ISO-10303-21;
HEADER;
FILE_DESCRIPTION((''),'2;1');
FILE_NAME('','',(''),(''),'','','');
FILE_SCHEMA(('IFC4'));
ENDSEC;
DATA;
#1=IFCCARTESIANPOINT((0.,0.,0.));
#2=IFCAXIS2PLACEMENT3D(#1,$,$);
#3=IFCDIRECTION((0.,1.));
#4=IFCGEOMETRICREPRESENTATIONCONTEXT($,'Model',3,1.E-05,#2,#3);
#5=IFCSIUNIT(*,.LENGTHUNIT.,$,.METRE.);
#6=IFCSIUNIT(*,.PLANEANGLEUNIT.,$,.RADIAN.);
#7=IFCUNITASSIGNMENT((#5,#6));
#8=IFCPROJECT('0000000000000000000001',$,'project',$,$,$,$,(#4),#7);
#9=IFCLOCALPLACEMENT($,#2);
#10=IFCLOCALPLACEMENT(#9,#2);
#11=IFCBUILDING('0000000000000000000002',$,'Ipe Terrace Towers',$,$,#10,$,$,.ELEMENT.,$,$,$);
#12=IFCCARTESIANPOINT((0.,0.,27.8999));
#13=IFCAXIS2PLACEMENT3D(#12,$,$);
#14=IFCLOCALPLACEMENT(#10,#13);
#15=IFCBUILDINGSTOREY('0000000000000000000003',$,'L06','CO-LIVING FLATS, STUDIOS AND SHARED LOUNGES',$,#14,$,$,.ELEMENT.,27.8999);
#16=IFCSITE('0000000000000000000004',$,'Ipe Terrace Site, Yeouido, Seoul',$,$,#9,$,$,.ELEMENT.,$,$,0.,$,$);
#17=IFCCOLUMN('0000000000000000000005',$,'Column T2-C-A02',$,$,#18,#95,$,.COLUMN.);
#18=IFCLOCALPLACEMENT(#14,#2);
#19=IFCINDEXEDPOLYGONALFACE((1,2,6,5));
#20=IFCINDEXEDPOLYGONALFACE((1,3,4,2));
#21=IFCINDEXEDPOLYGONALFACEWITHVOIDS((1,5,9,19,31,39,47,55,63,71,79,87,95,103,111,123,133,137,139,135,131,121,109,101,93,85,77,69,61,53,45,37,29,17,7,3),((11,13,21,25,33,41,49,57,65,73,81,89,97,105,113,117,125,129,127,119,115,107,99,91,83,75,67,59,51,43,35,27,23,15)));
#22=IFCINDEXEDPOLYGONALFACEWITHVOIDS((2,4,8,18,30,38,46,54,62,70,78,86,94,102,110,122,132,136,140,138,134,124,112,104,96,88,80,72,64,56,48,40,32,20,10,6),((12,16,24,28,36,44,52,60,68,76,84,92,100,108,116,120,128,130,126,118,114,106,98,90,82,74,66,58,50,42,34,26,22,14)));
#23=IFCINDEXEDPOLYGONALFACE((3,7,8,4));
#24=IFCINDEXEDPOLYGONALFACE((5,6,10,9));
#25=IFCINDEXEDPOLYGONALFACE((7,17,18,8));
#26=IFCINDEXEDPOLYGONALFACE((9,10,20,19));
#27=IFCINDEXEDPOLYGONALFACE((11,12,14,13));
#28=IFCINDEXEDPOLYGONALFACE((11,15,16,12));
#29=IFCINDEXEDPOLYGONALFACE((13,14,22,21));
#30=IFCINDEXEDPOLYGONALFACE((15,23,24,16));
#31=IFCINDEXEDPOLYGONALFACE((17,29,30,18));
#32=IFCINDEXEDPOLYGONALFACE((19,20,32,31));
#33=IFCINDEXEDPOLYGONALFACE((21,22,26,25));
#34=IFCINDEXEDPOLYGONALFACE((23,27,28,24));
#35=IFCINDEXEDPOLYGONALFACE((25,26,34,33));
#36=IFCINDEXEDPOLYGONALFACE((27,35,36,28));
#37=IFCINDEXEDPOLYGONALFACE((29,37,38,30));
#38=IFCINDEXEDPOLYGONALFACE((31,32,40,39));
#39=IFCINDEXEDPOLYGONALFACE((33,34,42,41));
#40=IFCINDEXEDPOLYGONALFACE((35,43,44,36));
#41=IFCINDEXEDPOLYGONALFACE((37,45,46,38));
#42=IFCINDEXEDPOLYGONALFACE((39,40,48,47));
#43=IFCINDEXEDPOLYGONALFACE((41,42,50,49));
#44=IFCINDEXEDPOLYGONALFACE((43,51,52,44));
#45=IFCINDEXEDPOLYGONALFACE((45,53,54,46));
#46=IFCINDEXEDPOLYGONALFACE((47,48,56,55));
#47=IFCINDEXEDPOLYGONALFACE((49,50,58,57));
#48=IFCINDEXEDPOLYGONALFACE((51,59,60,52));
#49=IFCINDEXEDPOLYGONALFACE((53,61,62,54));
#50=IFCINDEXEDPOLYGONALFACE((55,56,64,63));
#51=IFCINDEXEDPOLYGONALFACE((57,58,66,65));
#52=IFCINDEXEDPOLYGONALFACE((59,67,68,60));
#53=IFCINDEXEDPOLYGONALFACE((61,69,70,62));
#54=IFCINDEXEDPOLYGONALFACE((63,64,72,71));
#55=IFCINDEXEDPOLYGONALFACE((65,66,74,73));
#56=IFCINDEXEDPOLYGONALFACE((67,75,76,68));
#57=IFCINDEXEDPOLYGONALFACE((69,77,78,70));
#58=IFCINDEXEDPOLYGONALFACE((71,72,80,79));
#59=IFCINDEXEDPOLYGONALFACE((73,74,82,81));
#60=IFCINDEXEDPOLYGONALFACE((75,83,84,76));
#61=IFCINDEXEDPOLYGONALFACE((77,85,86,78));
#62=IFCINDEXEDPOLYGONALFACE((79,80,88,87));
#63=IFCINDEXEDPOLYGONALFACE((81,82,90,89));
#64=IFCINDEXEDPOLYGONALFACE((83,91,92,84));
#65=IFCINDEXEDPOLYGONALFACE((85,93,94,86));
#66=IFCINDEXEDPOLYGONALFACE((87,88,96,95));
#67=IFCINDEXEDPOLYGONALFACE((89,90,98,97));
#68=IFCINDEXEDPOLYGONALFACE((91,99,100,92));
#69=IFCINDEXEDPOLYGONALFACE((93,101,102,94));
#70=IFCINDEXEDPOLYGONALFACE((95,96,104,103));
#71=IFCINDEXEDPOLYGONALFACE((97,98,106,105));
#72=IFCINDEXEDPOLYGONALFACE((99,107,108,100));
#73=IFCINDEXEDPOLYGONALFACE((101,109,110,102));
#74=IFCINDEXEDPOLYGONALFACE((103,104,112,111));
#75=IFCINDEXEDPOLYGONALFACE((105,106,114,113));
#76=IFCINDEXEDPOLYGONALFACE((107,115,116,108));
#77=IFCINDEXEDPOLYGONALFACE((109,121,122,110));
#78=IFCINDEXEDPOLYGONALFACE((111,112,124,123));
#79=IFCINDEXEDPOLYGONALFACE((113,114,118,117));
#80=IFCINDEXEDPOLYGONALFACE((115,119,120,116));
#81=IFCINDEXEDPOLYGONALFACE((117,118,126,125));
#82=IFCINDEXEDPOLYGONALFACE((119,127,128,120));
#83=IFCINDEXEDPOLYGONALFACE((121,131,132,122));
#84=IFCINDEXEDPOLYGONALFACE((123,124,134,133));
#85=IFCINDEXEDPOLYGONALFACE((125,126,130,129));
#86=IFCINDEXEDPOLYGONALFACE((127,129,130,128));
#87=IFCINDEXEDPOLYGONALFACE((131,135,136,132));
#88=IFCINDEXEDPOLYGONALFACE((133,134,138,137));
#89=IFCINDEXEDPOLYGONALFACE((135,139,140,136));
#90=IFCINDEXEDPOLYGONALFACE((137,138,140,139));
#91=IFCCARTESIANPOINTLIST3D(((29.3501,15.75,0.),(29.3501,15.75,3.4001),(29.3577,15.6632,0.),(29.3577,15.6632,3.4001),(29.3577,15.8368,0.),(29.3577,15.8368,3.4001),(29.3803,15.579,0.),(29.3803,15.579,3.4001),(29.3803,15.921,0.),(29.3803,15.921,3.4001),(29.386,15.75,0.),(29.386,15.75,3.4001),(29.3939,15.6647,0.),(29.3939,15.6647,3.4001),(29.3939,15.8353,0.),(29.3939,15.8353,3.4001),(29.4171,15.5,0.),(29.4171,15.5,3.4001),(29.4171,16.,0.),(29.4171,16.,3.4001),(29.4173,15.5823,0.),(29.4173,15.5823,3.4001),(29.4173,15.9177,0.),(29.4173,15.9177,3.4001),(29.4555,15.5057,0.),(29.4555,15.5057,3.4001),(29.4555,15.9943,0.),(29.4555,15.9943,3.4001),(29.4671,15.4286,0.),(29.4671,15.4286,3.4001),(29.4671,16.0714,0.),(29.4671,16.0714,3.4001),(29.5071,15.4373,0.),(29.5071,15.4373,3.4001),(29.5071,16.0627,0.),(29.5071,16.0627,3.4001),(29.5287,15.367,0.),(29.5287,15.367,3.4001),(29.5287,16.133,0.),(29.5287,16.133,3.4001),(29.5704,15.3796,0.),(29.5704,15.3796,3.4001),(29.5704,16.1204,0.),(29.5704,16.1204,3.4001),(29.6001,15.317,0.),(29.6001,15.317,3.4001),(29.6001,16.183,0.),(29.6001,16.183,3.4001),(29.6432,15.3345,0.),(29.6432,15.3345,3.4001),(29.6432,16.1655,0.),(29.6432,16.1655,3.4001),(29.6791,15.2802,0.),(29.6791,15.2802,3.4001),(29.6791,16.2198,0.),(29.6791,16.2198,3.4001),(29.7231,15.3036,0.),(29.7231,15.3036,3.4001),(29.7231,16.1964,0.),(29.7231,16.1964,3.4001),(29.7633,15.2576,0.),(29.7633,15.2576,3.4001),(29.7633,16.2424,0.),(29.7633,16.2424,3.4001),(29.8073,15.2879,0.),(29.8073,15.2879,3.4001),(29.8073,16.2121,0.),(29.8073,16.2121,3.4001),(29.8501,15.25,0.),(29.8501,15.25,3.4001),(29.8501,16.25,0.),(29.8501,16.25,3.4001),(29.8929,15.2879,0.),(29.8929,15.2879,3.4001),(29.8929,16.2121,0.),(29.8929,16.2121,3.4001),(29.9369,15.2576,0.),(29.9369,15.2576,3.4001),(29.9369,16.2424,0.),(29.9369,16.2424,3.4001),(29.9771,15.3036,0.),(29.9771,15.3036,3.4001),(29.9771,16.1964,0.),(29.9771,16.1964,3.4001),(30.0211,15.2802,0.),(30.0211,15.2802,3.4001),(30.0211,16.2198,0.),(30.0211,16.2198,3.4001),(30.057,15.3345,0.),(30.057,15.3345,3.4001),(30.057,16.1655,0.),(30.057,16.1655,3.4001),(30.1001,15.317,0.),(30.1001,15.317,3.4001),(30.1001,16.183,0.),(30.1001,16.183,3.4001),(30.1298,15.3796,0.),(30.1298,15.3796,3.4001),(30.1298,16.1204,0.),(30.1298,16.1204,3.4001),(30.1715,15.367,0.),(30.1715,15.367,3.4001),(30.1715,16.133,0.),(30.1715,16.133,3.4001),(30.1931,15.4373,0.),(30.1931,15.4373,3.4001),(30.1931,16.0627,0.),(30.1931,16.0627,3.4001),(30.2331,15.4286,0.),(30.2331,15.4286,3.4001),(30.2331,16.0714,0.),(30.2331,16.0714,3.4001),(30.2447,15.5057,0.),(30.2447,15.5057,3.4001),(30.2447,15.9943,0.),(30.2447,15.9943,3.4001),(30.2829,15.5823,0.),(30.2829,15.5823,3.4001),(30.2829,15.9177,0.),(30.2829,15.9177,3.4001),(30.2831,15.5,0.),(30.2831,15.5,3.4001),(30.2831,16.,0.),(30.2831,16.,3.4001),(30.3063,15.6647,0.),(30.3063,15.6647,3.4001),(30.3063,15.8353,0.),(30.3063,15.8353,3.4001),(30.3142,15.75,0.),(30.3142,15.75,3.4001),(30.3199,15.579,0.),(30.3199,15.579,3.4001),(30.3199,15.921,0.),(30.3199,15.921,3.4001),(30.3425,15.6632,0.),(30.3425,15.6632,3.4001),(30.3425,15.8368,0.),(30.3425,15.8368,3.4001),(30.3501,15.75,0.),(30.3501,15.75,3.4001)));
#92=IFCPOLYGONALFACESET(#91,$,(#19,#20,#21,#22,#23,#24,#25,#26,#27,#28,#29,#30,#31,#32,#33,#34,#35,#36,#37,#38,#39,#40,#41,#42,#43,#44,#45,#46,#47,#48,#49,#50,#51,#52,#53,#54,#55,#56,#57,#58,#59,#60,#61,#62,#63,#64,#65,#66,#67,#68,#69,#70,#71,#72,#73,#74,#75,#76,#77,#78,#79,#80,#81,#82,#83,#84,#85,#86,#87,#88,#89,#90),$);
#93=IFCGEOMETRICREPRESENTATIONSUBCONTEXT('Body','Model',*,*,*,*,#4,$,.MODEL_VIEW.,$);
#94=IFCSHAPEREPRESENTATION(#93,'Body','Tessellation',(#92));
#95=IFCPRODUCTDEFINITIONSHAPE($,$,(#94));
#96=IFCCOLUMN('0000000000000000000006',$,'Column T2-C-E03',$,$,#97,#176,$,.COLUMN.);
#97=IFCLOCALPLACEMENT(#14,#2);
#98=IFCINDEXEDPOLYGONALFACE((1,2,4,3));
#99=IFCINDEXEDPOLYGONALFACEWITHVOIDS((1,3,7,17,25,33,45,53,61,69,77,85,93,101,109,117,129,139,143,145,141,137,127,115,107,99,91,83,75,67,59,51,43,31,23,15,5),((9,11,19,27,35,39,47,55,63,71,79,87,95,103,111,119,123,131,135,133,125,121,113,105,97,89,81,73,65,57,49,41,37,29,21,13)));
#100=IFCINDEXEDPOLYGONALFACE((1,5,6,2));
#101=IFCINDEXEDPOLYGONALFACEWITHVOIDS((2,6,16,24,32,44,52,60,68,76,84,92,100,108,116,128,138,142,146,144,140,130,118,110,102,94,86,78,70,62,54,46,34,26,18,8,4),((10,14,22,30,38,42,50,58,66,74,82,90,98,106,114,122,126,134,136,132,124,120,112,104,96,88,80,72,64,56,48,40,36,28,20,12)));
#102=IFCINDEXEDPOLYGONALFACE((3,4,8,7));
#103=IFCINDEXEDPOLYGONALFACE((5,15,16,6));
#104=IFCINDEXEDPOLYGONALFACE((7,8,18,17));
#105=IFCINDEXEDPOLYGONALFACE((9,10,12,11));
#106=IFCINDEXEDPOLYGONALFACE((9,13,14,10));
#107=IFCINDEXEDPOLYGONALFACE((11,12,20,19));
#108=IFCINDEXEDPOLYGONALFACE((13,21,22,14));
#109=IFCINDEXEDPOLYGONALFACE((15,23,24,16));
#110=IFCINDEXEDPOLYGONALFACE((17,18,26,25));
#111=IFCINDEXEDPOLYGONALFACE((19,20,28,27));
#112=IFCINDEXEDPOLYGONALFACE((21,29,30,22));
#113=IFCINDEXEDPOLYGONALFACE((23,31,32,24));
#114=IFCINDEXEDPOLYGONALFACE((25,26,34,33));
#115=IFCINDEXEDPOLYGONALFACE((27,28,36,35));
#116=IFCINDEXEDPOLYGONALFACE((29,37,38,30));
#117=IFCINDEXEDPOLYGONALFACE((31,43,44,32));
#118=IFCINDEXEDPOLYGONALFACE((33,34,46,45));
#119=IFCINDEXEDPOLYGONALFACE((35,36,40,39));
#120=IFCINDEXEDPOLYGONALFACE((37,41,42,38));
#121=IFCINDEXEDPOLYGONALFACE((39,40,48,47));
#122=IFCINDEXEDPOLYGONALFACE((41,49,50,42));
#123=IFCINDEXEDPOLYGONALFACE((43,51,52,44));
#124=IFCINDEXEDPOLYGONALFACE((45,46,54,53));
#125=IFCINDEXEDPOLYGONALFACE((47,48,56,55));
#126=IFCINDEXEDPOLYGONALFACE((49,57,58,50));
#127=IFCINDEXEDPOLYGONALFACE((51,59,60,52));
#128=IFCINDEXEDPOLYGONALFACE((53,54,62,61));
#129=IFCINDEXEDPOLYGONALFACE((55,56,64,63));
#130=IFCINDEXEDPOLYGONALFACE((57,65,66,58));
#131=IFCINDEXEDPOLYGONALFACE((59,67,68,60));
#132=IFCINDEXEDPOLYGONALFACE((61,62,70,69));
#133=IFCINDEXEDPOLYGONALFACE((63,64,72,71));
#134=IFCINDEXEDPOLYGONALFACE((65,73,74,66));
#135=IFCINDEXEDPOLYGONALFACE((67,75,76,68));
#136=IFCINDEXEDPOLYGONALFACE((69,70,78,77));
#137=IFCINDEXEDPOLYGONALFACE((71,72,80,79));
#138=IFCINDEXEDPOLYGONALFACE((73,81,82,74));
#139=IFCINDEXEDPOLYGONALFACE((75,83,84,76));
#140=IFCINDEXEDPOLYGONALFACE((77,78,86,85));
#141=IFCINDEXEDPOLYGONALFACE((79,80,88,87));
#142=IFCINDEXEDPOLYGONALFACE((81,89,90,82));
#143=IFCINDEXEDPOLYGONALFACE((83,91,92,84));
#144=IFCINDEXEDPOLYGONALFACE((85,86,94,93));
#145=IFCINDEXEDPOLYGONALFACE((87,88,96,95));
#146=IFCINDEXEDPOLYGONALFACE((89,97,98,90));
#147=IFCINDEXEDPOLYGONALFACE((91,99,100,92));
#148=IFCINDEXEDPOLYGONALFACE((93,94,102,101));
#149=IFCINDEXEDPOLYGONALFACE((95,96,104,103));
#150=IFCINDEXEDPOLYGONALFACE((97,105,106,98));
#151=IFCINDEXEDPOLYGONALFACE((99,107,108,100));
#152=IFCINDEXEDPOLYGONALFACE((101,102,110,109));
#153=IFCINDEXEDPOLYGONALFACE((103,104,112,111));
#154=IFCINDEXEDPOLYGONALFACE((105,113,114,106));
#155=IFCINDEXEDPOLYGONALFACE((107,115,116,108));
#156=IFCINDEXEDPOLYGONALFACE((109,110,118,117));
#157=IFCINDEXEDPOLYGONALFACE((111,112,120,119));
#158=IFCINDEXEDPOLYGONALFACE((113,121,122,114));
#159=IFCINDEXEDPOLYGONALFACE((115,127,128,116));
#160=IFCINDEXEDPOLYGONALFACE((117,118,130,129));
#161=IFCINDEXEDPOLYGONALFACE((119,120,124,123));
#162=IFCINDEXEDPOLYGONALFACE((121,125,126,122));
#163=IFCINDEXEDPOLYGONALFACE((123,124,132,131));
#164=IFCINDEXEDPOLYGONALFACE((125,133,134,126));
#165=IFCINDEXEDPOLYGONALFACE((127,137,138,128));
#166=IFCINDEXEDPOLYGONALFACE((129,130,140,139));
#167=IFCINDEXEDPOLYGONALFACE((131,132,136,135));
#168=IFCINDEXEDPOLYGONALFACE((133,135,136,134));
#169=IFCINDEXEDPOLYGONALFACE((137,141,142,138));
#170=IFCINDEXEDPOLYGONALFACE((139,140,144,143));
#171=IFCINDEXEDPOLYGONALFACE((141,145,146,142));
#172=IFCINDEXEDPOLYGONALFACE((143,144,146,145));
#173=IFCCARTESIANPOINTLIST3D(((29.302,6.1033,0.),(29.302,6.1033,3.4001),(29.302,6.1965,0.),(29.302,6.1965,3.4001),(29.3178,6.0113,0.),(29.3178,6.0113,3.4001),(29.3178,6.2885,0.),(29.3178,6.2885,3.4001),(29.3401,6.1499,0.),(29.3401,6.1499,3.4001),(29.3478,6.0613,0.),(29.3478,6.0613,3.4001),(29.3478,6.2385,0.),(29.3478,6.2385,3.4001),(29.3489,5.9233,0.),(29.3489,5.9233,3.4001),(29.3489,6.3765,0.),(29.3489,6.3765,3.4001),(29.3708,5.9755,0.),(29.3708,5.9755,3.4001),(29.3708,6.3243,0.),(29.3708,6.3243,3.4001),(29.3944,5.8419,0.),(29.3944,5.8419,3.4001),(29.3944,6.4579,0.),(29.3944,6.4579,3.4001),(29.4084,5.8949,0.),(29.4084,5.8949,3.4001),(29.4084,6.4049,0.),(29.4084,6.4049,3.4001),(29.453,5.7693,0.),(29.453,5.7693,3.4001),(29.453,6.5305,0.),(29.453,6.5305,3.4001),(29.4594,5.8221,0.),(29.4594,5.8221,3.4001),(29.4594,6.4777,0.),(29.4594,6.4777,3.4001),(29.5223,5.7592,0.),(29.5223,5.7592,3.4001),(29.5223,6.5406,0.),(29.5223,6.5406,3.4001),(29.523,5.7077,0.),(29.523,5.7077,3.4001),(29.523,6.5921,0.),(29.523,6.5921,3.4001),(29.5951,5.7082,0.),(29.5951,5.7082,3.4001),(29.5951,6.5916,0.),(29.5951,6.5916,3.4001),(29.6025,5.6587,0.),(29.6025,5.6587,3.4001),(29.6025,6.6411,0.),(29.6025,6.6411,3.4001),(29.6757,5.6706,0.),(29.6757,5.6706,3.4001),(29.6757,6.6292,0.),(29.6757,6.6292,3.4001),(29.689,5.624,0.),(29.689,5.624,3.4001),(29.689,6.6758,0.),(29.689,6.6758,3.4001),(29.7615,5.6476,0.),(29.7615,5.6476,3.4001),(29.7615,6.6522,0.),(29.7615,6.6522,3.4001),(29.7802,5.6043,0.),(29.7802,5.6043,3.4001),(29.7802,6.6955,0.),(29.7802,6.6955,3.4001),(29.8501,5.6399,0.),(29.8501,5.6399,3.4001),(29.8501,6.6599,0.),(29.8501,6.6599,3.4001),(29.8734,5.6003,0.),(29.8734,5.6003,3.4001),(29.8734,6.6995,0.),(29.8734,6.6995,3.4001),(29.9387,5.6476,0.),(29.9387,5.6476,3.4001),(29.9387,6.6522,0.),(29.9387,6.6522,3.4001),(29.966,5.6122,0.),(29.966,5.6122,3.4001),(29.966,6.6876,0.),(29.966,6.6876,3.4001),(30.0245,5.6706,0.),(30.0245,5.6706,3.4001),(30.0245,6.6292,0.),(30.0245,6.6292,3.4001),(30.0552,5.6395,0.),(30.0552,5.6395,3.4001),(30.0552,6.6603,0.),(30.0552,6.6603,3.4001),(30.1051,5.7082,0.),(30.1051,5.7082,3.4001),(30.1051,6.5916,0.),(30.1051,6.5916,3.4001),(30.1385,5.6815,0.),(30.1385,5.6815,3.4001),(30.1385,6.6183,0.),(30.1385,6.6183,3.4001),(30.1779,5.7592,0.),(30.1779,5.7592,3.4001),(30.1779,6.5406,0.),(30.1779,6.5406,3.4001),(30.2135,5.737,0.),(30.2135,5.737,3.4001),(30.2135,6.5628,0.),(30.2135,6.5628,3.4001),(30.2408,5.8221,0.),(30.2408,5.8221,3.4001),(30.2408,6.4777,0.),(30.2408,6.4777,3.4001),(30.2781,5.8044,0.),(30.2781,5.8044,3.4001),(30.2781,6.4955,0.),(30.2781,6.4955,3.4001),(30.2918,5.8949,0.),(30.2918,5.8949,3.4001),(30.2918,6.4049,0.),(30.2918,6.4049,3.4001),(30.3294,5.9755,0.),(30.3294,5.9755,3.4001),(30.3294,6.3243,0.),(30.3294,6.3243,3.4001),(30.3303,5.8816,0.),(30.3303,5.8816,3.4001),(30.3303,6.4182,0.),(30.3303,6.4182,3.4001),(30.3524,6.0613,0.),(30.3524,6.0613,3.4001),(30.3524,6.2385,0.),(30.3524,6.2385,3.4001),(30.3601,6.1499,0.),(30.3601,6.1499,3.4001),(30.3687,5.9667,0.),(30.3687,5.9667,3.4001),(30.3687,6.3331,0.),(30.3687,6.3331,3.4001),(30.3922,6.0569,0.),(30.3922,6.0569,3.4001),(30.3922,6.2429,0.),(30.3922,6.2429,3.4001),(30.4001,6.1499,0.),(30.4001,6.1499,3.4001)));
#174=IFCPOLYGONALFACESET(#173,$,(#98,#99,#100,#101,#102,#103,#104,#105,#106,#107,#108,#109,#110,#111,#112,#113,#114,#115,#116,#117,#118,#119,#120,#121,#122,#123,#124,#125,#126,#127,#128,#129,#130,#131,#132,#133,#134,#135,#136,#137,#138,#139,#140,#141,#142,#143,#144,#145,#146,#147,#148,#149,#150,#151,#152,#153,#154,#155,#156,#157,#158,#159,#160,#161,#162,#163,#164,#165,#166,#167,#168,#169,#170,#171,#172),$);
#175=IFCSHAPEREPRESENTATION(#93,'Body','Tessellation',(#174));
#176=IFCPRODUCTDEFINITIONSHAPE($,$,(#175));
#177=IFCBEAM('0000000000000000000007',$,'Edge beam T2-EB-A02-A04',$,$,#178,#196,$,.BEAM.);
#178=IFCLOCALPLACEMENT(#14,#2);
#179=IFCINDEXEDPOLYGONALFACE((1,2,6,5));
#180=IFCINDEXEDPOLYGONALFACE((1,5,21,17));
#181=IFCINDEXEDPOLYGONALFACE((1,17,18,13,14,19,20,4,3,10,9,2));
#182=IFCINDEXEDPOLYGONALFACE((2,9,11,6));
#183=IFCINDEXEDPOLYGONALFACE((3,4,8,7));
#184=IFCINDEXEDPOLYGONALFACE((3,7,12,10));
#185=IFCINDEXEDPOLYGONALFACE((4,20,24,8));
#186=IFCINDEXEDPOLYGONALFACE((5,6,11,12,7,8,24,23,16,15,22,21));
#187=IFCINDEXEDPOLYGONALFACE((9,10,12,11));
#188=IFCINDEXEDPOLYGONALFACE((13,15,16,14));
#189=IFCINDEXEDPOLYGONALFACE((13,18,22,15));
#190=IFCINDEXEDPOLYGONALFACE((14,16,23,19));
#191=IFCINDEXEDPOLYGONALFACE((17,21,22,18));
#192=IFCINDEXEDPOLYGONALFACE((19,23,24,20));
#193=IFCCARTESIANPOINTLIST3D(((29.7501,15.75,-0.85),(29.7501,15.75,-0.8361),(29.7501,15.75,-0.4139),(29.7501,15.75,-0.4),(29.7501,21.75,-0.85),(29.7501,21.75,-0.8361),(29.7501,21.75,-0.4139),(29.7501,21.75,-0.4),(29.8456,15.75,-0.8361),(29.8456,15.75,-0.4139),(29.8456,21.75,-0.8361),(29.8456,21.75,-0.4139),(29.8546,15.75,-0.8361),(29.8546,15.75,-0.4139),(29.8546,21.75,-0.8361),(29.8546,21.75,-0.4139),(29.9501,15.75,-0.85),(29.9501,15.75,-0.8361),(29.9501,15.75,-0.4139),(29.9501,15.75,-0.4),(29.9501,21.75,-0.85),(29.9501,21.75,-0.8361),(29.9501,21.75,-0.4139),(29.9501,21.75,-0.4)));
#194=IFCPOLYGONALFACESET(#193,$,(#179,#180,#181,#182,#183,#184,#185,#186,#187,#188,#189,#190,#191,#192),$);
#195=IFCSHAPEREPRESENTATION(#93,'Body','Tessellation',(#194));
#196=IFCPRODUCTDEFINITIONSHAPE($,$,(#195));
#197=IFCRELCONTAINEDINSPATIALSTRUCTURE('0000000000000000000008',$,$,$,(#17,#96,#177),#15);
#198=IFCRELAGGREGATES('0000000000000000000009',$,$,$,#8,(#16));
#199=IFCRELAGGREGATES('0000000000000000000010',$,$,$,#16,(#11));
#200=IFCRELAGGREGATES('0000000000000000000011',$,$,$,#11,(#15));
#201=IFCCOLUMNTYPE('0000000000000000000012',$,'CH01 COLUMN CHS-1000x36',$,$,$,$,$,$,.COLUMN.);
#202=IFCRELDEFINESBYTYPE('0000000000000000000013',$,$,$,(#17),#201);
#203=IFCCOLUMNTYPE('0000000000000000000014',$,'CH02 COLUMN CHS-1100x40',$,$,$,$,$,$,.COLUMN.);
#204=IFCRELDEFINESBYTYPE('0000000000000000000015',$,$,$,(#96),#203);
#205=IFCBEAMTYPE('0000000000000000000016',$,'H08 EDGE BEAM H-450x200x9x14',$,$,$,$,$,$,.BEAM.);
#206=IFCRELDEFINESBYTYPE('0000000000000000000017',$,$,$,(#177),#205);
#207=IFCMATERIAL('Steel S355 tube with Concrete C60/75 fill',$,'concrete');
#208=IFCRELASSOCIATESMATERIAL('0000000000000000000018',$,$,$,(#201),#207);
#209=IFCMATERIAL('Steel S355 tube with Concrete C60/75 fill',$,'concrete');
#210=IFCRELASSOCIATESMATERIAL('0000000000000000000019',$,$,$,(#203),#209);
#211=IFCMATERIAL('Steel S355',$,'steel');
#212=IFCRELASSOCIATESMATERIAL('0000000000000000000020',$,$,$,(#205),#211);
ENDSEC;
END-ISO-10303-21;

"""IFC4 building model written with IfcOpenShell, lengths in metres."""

from ifc_helpers import new_model, si_unit, direction, frame, origin, origin_2d, place, context, subcontext, project, spatial, hollow_circle, i_section, extrude, material, material_profile, profile_set, type_object, element, save


model = new_model("IFC4")

# Units and contexts
model_context = context("Model", 3, precision=1e-05, world=origin(), true_north=direction((0.0, 1.0)))
body_context = subcontext(model_context, "Body", "Model", "MODEL_VIEW")
ifc_project = project(units=[si_unit("LENGTHUNIT", "METRE"), si_unit("PLANEANGLEUNIT", "RADIAN")], contexts=[model_context])

# Site, building, storey
site_placement = place(None, origin())
site = spatial("IfcSite", under=ifc_project, at=site_placement, Name="Ipe Terrace Site, Yeouido, Seoul", CompositionType="ELEMENT", RefElevation=0.0)
building_placement = place(site_placement, origin())
building = spatial("IfcBuilding", under=site, at=building_placement, Name="Ipe Terrace Towers", CompositionType="ELEMENT")
storey_placement = place(building_placement, frame((0.0, 0.0, 27.8999)))
storey = spatial("IfcBuildingStorey", under=building, at=storey_placement, Name="L06", Description="CO-LIVING FLATS, STUDIOS AND SHARED LOUNGES", CompositionType="ELEMENT", Elevation=27.8999)

# Columns
ifc_material_1 = material(Name="Steel S355 tube with Concrete C60/75 fill", Category="concrete")
ifc_material_profile_1 = material_profile(ifc_material_1, hollow_circle(Radius=0.5, WallThickness=0.0359, at=origin_2d()), Name="CHS-1000x36")
ifc_profile_set_1 = profile_set([ifc_material_profile_1], Name="Steel S355 tube with Concrete C60/75 fill")
column_type_1 = type_object("IfcColumnType", Name="CH01 COLUMN CHS-1000x36", PredefinedType="COLUMN", material=ifc_profile_set_1)
column_1_placement = place(storey_placement, frame((29.8501, 15.75, 0.0), z_axis=(0.0, 0.0, 1.0), x_axis=(1.0, 0.0, 0.0)))
element("IfcColumn", 1, at=column_1_placement, inside=storey, type_object=column_type_1, Name="Column T2-C-A02", PredefinedType="COLUMN", context=body_context, shape_type="SweptSolid", body=[
    extrude(hollow_circle(Radius=0.5, WallThickness=0.0359, at=origin_2d()), origin(), (0.0, 0.0, 1.0), 3.4001),
])
ifc_material_2 = material(Name="Steel S355 tube with Concrete C60/75 fill", Category="concrete")
ifc_material_profile_2 = material_profile(ifc_material_2, hollow_circle(Radius=0.55, WallThickness=0.04, at=origin_2d()), Name="CHS-1100x40")
ifc_profile_set_2 = profile_set([ifc_material_profile_2], Name="Steel S355 tube with Concrete C60/75 fill")
column_type_2 = type_object("IfcColumnType", Name="CH02 COLUMN CHS-1100x40", PredefinedType="COLUMN", material=ifc_profile_set_2)
column_2_placement = place(storey_placement, frame((29.8501, 6.1499, 0.0), z_axis=(0.0, 0.0, 1.0), x_axis=(1.0, 0.0, 0.0)))
element("IfcColumn", 2, at=column_2_placement, inside=storey, type_object=column_type_2, Name="Column T2-C-E03", PredefinedType="COLUMN", context=body_context, shape_type="SweptSolid", body=[
    extrude(hollow_circle(Radius=0.55, WallThickness=0.04, at=origin_2d()), origin(), (0.0, 0.0, 1.0), 3.4001),
])

# Beam
ifc_material_3 = material(Name="Steel S355", Category="steel")
ifc_material_profile_3 = material_profile(ifc_material_3, i_section(OverallWidth=0.2, OverallDepth=0.45, WebThickness=0.009, FlangeThickness=0.0139, at=origin_2d()), Name="H-450x200x9x14")
ifc_profile_set_3 = profile_set([ifc_material_profile_3], Name="Steel S355")
beam_type = type_object("IfcBeamType", Name="H08 EDGE BEAM H-450x200x9x14", PredefinedType="BEAM", material=ifc_profile_set_3)
beam_placement = place(storey_placement, frame((29.8501, 15.75, -0.625), z_axis=(0.0, 1.0, 0.0), x_axis=(-1.0, 0.0, 0.0)))
element("IfcBeam", 3, at=beam_placement, inside=storey, type_object=beam_type, Name="Edge beam T2-EB-A02-A04", PredefinedType="BEAM", context=body_context, shape_type="SweptSolid", body=[
    extrude(i_section(OverallWidth=0.2, OverallDepth=0.45, WebThickness=0.009, FlangeThickness=0.0139, at=origin_2d()), origin(), (0.0, 0.0, 1.0), 6.0),
])

save(model, "model.ifc")
